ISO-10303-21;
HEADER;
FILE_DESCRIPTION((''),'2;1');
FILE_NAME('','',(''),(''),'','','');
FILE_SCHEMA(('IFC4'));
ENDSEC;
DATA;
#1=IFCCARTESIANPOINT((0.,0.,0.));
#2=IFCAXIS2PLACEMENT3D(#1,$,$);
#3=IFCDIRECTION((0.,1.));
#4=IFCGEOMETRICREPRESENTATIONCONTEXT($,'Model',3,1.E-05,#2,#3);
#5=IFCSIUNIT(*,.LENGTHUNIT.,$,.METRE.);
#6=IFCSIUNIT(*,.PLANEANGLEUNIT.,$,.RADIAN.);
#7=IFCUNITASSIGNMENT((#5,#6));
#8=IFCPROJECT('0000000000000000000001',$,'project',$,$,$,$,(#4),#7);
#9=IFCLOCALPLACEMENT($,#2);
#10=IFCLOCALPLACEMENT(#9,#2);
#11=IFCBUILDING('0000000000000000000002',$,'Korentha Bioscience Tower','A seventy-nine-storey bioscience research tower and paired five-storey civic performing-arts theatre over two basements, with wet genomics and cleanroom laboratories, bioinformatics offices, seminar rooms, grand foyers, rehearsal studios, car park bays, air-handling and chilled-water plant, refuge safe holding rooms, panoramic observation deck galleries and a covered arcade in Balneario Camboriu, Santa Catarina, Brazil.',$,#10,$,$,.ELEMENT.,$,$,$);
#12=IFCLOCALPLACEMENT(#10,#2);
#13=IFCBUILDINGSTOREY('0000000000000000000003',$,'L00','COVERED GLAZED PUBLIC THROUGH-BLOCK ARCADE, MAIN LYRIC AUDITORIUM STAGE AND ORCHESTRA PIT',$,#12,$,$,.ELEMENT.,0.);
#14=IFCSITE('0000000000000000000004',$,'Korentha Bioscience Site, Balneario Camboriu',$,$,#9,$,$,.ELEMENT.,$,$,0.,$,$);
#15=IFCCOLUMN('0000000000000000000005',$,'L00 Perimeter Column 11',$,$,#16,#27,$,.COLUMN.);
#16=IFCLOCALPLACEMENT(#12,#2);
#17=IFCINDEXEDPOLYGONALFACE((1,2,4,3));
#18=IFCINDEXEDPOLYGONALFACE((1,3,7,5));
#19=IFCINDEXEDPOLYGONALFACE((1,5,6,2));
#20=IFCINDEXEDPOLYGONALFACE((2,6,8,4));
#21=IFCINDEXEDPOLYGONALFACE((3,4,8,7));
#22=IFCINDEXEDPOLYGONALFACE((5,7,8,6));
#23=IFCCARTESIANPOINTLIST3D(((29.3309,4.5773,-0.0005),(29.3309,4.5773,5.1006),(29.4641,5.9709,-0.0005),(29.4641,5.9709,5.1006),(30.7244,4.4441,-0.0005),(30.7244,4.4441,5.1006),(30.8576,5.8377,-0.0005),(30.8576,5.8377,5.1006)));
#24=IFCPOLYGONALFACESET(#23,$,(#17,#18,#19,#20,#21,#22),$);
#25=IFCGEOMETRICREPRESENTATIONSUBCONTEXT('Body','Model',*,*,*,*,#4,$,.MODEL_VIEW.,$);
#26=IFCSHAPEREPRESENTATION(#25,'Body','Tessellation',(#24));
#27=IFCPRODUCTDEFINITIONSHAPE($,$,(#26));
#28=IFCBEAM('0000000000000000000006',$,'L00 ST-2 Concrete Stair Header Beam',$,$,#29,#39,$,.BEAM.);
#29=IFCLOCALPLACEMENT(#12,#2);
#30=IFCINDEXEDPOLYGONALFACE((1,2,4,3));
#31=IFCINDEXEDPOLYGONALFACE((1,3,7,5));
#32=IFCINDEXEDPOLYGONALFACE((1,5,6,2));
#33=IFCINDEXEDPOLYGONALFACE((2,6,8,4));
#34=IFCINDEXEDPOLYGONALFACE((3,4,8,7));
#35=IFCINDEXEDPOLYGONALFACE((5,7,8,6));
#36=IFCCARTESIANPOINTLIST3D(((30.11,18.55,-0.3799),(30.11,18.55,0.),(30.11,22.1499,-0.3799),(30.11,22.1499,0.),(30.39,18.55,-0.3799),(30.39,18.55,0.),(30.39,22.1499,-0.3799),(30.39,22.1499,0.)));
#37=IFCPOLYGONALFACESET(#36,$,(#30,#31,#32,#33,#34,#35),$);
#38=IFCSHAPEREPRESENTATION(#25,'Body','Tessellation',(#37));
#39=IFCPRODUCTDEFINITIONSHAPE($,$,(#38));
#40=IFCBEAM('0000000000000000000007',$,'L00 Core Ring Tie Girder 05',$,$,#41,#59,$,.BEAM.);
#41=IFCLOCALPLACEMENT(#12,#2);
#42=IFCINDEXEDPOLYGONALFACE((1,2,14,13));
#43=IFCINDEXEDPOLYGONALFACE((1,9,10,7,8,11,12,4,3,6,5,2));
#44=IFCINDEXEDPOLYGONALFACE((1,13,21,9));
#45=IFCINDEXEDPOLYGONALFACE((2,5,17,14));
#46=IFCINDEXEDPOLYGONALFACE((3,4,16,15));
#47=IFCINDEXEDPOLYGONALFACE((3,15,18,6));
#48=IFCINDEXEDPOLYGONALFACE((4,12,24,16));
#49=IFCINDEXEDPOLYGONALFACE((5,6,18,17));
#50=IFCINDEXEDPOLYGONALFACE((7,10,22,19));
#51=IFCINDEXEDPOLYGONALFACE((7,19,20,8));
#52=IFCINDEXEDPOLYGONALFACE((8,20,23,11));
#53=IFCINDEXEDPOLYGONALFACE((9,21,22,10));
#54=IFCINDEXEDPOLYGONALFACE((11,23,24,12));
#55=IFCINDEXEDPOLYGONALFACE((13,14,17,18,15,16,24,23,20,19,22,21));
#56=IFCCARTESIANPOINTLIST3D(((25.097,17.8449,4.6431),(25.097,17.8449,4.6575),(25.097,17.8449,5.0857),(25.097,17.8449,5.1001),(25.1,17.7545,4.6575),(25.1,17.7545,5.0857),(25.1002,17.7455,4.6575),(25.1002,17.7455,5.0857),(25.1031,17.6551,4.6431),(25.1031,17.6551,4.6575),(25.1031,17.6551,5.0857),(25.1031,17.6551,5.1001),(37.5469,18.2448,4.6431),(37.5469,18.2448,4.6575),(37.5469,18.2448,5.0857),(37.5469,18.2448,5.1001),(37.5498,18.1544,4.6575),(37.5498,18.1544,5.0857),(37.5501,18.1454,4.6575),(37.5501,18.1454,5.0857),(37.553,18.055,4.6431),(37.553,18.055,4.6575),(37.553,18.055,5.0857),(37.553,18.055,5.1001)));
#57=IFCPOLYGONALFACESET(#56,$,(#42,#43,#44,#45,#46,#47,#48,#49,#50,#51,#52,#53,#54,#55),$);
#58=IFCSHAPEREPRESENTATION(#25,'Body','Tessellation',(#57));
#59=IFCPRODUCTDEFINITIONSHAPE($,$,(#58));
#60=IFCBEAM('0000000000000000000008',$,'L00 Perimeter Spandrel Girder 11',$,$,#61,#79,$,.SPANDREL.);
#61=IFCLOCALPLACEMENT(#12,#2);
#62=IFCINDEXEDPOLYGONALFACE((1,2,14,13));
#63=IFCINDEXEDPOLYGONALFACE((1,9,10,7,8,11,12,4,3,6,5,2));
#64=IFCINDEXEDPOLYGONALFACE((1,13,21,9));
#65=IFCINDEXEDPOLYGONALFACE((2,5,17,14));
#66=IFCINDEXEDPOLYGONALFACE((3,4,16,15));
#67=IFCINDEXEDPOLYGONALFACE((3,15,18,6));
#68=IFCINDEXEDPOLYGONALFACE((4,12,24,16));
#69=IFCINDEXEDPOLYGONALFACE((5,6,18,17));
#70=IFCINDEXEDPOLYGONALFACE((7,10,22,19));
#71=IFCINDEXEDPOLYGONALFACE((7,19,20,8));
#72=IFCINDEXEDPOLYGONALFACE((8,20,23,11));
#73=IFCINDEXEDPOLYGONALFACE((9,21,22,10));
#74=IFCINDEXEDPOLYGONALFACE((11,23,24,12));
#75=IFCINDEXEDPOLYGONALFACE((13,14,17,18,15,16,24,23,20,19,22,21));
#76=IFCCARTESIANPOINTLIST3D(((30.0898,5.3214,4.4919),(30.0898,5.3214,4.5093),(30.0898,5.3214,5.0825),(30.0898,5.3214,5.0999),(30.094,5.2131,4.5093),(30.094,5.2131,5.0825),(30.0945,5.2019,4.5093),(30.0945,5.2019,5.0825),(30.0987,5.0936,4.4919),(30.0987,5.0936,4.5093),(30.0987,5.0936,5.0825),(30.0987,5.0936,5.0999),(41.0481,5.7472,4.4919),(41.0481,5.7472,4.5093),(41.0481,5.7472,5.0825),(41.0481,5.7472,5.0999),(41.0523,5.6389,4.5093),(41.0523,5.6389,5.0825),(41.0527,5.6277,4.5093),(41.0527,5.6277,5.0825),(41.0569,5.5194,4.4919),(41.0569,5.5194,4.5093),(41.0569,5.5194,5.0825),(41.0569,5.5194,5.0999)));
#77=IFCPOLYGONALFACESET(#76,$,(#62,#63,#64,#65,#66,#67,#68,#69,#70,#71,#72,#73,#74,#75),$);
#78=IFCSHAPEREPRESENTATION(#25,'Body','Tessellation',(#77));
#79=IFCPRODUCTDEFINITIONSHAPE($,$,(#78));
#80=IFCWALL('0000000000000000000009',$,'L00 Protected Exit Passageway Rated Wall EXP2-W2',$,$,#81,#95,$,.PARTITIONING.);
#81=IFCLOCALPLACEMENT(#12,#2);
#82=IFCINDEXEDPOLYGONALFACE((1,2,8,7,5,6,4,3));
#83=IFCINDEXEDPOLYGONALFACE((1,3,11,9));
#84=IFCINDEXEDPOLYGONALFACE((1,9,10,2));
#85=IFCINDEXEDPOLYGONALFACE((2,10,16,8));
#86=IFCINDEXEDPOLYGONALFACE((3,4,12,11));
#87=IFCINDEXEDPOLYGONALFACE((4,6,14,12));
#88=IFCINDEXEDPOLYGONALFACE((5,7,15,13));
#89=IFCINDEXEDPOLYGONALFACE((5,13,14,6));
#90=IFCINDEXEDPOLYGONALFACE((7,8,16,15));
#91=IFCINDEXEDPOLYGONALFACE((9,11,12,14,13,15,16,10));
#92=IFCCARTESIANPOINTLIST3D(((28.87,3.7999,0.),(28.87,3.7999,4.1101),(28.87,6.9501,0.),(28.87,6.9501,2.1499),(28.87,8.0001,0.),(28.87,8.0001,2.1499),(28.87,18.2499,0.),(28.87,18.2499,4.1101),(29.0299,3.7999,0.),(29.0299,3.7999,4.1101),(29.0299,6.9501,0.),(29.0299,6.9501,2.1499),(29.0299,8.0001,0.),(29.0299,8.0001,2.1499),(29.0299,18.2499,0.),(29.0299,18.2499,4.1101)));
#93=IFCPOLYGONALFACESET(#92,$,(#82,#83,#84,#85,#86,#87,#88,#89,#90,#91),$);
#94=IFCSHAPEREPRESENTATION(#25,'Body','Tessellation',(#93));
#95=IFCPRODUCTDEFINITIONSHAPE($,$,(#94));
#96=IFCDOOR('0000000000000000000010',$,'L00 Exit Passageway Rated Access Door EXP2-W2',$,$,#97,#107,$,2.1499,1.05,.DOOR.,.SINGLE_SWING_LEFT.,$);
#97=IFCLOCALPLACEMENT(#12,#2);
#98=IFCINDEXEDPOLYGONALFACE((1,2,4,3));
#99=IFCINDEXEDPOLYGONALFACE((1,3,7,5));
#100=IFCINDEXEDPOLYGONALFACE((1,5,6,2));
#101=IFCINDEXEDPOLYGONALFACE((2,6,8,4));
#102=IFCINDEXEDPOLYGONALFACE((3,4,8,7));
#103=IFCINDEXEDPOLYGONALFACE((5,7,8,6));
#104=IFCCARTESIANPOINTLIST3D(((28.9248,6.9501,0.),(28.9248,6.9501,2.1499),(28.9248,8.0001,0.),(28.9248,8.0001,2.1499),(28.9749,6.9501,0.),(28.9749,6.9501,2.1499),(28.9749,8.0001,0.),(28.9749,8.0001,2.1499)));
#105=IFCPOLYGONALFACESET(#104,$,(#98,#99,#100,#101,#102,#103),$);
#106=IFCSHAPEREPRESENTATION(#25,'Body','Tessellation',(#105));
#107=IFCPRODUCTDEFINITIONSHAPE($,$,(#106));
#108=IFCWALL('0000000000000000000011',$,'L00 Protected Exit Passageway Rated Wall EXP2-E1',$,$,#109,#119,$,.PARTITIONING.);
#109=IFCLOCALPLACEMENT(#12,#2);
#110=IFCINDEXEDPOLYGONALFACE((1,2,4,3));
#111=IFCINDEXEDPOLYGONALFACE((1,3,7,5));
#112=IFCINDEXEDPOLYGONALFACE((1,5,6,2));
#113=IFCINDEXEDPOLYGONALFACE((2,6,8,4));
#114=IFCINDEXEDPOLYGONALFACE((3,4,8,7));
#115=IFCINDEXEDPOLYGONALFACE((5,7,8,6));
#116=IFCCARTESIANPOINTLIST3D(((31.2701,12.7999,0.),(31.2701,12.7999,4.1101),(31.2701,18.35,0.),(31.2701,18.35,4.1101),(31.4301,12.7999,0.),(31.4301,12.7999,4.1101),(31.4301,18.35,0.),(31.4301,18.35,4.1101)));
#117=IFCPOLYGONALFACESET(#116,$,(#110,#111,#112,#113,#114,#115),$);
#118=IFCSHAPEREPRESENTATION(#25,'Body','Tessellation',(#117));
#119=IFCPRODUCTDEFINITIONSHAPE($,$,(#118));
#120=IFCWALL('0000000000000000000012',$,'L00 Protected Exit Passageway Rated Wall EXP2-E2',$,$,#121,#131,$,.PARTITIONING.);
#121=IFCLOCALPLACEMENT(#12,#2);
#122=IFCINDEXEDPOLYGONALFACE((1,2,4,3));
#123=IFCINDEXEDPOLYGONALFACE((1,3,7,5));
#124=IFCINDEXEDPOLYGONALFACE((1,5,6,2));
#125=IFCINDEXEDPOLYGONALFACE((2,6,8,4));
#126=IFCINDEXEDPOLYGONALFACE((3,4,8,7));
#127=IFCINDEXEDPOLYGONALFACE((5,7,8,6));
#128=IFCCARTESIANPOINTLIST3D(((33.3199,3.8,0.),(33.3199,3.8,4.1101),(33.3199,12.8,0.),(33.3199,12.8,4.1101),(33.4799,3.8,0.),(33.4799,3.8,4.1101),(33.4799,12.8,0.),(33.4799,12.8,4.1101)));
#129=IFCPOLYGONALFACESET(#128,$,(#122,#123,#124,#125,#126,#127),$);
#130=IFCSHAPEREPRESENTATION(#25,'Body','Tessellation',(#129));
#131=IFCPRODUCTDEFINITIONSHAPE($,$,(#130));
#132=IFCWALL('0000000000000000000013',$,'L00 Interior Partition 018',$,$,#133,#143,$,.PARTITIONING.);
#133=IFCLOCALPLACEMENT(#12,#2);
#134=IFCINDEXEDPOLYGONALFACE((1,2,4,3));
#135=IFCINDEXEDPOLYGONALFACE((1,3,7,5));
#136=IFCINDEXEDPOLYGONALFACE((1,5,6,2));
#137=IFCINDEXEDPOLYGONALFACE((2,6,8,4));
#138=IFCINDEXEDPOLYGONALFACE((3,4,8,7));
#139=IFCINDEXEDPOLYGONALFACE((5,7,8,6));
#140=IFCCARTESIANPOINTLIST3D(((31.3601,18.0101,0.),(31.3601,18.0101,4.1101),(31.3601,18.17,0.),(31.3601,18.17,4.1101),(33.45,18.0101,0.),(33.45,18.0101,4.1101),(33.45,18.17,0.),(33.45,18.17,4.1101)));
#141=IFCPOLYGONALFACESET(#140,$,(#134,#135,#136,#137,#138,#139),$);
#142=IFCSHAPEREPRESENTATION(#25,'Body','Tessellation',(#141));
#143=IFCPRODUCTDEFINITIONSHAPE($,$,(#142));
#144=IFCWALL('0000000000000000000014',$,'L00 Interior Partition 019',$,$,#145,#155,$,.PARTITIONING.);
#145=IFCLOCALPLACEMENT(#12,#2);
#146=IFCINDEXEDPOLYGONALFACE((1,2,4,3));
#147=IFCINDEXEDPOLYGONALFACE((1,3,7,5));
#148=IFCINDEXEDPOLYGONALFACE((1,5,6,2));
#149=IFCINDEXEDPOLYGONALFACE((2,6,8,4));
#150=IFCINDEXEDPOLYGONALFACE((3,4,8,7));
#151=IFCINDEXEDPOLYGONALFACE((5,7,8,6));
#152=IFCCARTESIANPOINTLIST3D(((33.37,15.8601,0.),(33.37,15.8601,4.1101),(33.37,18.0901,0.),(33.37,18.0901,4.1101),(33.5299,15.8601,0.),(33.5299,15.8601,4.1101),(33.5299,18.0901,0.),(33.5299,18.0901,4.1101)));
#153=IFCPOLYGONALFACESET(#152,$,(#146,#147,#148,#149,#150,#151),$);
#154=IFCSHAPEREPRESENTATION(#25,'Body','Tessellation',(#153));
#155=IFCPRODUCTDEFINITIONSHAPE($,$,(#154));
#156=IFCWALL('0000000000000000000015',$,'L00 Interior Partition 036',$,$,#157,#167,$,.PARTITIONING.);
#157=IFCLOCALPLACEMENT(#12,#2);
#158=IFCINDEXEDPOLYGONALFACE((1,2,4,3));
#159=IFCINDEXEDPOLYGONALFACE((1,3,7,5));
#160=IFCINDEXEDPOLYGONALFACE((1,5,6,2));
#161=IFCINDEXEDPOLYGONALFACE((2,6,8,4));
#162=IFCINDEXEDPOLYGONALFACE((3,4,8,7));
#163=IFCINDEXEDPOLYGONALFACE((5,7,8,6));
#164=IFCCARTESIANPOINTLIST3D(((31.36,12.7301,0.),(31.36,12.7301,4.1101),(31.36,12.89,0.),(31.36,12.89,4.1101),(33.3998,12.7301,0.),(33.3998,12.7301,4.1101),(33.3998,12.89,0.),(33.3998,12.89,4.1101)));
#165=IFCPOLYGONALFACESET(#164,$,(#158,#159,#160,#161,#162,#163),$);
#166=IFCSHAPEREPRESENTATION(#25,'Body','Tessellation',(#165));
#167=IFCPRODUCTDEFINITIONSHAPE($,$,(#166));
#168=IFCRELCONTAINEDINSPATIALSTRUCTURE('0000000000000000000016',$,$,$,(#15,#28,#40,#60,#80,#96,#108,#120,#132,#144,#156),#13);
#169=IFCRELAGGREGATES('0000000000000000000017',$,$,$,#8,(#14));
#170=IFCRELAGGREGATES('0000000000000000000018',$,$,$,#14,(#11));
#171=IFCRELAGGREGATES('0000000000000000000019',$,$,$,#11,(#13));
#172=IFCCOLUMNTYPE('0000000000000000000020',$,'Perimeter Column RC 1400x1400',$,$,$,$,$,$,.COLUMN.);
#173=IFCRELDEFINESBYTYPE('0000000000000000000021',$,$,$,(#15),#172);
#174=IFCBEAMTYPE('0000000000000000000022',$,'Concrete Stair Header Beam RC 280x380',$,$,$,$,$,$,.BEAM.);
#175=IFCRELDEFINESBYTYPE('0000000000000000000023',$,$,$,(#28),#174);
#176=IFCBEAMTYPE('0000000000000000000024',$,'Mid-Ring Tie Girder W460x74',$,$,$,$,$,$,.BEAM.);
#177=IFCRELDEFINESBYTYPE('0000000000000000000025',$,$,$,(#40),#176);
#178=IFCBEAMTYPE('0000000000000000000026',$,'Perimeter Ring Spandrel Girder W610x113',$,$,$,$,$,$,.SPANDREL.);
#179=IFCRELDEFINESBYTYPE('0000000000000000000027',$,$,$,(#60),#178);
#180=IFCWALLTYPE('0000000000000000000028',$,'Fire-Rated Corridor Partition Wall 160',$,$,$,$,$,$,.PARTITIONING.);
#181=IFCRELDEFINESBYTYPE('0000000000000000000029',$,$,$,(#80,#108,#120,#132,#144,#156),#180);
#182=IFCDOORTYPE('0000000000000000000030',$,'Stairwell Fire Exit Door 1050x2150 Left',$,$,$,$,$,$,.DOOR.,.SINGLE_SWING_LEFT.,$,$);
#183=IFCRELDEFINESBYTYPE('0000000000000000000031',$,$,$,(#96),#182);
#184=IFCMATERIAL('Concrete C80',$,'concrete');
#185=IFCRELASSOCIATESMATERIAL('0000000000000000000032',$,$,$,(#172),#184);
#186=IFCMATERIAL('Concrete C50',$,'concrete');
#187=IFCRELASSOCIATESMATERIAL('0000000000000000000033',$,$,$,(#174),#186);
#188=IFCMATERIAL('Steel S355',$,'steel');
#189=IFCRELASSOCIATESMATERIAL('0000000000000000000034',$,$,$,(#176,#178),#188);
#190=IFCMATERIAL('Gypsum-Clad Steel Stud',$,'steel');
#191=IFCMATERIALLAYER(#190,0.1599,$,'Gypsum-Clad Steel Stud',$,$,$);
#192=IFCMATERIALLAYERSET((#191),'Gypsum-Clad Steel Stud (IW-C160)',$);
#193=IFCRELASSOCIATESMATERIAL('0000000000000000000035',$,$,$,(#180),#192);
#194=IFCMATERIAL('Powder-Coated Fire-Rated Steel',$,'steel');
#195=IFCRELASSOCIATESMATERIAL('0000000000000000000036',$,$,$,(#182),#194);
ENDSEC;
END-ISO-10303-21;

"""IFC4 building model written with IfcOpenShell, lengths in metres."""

from ifc_helpers import new_model, si_unit, direction, frame, frame_2d, origin, origin_2d, place, context, subcontext, project, spatial, rectangle, i_section, extrude, material, layer, layer_set, material_profile, profile_set, type_object, element, fill, save


model = new_model("IFC4")

# Units and contexts
model_context = context("Model", 3, precision=1e-05, world=origin(), true_north=direction((0.0, 1.0)))
body_context = subcontext(model_context, "Body", "Model", "MODEL_VIEW")
ifc_project = project(units=[si_unit("LENGTHUNIT", "METRE"), si_unit("PLANEANGLEUNIT", "RADIAN")], contexts=[model_context])

# Site, building, storey
site_placement = place(None, origin())
site = spatial("IfcSite", under=ifc_project, at=site_placement, Name="Korentha Bioscience Site, Balneario Camboriu", CompositionType="ELEMENT", RefElevation=0.0)
building_placement = place(site_placement, origin())
building = spatial("IfcBuilding", under=site, at=building_placement, Name="Korentha Bioscience Tower", Description="A seventy-nine-storey bioscience research tower and paired five-storey civic performing-arts theatre over two basements, with wet genomics and cleanroom laboratories, bioinformatics offices, seminar rooms, grand foyers, rehearsal studios, car park bays, air-handling and chilled-water plant, refuge safe holding rooms, panoramic observation deck galleries and a covered arcade in Balneario Camboriu, Santa Catarina, Brazil.", CompositionType="ELEMENT")
storey_placement = place(building_placement, origin())
storey = spatial("IfcBuildingStorey", under=building, at=storey_placement, Name="L00", Description="COVERED GLAZED PUBLIC THROUGH-BLOCK ARCADE, MAIN LYRIC AUDITORIUM STAGE AND ORCHESTRA PIT", CompositionType="ELEMENT", Elevation=0.0)

# Column
ifc_material_1 = material(Name="Concrete C80", Category="concrete")
ifc_material_profile_1 = material_profile(ifc_material_1, rectangle(XDim=1.3999, YDim=1.3999, at=origin_2d()), Name="Concrete C80")
ifc_profile_set_1 = profile_set([ifc_material_profile_1], Name="Concrete C80 (COL-P14)")
column_type = type_object("IfcColumnType", Name="Perimeter Column RC 1400x1400", PredefinedType="COLUMN", material=ifc_profile_set_1)
column_placement = place(storey_placement, frame((30.0942, 5.2075, -0.0005), z_axis=(0.0, 0.0, 1.0), x_axis=(-0.995463, 0.095151, 0.0)))
element("IfcColumn", 1, at=column_placement, inside=storey, type_object=column_type, Name="L00 Perimeter Column 11", PredefinedType="COLUMN", context=body_context, shape_type="SweptSolid", body=[
    extrude(rectangle(XDim=1.3999, YDim=1.3999, at=origin_2d()), origin(), (0.0, 0.0, 1.0), 5.1011),
])

# Beams
ifc_material_2 = material(Name="Concrete C50", Category="concrete")
ifc_material_profile_2 = material_profile(ifc_material_2, rectangle(XDim=0.28, YDim=0.3799, at=origin_2d()), Name="Concrete C50")
ifc_profile_set_2 = profile_set([ifc_material_profile_2], Name="Concrete C50 (ST-HB380)")
beam_type_1 = type_object("IfcBeamType", Name="Concrete Stair Header Beam RC 280x380", PredefinedType="BEAM", material=ifc_profile_set_2)
beam_1_placement = place(storey_placement, frame((30.25, 18.55, -0.1899), z_axis=(0.0, 1.0, 0.0), x_axis=(-1.0, 0.0, 0.0)))
element("IfcBeam", 2, at=beam_1_placement, inside=storey, type_object=beam_type_1, Name="L00 ST-2 Concrete Stair Header Beam", PredefinedType="BEAM", context=body_context, shape_type="SweptSolid", body=[
    extrude(rectangle(XDim=0.28, YDim=0.3799, at=origin_2d()), origin(), (0.0, 0.0, 1.0), 3.5999),
])
ifc_material_3 = material(Name="Steel S355", Category="steel")
ifc_material_profile_3 = material_profile(ifc_material_3, i_section(OverallWidth=0.1899, OverallDepth=0.457, WebThickness=0.009, FlangeThickness=0.0144, at=origin_2d()), Name="Steel S355")
ifc_profile_set_3 = profile_set([ifc_material_profile_3], Name="Steel S355 (MB-460)")
beam_type_2 = type_object("IfcBeamType", Name="Mid-Ring Tie Girder W460x74", PredefinedType="BEAM", material=ifc_profile_set_3)
beam_2_placement = place(storey_placement, frame((25.1001, 17.75, 4.8716), z_axis=(0.999485, 0.032104, 0.0), x_axis=(-0.032104, 0.999485, 0.0)))
element("IfcBeam", 3, at=beam_2_placement, inside=storey, type_object=beam_type_2, Name="L00 Core Ring Tie Girder 05", PredefinedType="BEAM", context=body_context, shape_type="SweptSolid", body=[
    extrude(i_section(OverallWidth=0.1899, OverallDepth=0.457, WebThickness=0.009, FlangeThickness=0.0144, at=origin_2d()), origin(), (0.0, 0.0, 1.0), 12.4563),
])
ifc_material_profile_4 = material_profile(ifc_material_3, i_section(OverallWidth=0.228, OverallDepth=0.6079, WebThickness=0.0112, FlangeThickness=0.0173, at=origin_2d()), Name="Steel S355")
ifc_profile_set_4 = profile_set([ifc_material_profile_4], Name="Steel S355 (SB-610)")
beam_type_3 = type_object("IfcBeamType", Name="Perimeter Ring Spandrel Girder W610x113", PredefinedType="SPANDREL", material=ifc_profile_set_4)
beam_3_placement = place(storey_placement, frame((30.0942, 5.2075, 4.7959), z_axis=(0.999246, 0.038826, 0.0), x_axis=(-0.038826, 0.999246, 0.0)))
element("IfcBeam", 4, at=beam_3_placement, inside=storey, type_object=beam_type_3, Name="L00 Perimeter Spandrel Girder 11", PredefinedType="SPANDREL", context=body_context, shape_type="SweptSolid", body=[
    extrude(i_section(OverallWidth=0.228, OverallDepth=0.6079, WebThickness=0.0112, FlangeThickness=0.0173, at=origin_2d()), origin(), (0.0, 0.0, 1.0), 10.9666),
])

# Wall, opening, door
ifc_material_4 = material(Name="Gypsum-Clad Steel Stud", Category="steel")
ifc_layer_1 = layer(ifc_material_4, 0.1599, Name="Gypsum-Clad Steel Stud")
ifc_layer_set_1 = layer_set([ifc_layer_1], Name="Gypsum-Clad Steel Stud (IW-C160)")
wall_type_1 = type_object("IfcWallType", Name="Fire-Rated Corridor Partition Wall 160", PredefinedType="PARTITIONING", material=ifc_layer_set_1)
wall_1_placement = place(storey_placement, frame((28.95, 18.25, 0.0), z_axis=(0.0, 0.0, 1.0), x_axis=(0.0, -1.0, 0.0)))
wall_1 = element("IfcWall", 5, at=wall_1_placement, inside=storey, type_object=wall_type_1, Name="L00 Protected Exit Passageway Rated Wall EXP2-W2", PredefinedType="PARTITIONING", context=body_context, shape_type="SweptSolid", body=[
    extrude(rectangle(XDim=14.45, YDim=0.1599, at=frame_2d((7.2251, 0.0))), origin(), (0.0, 0.0, 1.0), 4.1101),
])
opening_1_placement = place(wall_1_placement, frame((10.25, 0.0, 0.0)))
opening_1 = element("IfcOpeningElement", 6, at=opening_1_placement, cuts=wall_1, PredefinedType="OPENING", context=body_context, shape_type="SweptSolid", body=[
    extrude(rectangle(XDim=1.05, YDim=2.1499, at=frame_2d((0.5249, 1.075))), frame((0.0, 0.0947, 0.0), z_axis=(0.0, -1.0, 0.0), x_axis=(1.0, 0.0, 0.0)), (0.0, 0.0, 1.0), 0.1897),
])
ifc_material_5 = material(Name="Powder-Coated Fire-Rated Steel", Category="steel")
door_type_1 = type_object("IfcDoorType", Name="Stairwell Fire Exit Door 1050x2150 Left", OperationType="SINGLE_SWING_LEFT", PredefinedType="DOOR", material=ifc_material_5)
door_1_placement = place(opening_1_placement, origin())
door_1 = element("IfcDoor", 7, at=door_1_placement, inside=storey, type_object=door_type_1, Name="L00 Exit Passageway Rated Access Door EXP2-W2", OperationType="SINGLE_SWING_LEFT", OverallHeight=2.1499, OverallWidth=1.05, PredefinedType="DOOR", context=body_context, shape_type="SweptSolid", body=[
    extrude(rectangle(XDim=1.05, YDim=2.1499, at=frame_2d((0.5249, 1.075))), frame((0.0, 0.0249, 0.0), z_axis=(0.0, -1.0, 0.0), x_axis=(1.0, 0.0, 0.0)), (0.0, 0.0, 1.0), 0.05),
])
fill(opening_1, door_1)

# Walls
wall_2_placement = place(storey_placement, frame((31.3501, 12.8, 0.0), z_axis=(0.0, 0.0, 1.0), x_axis=(0.0, 1.0, 0.0)))
element("IfcWall", 8, at=wall_2_placement, inside=storey, type_object=wall_type_1, Name="L00 Protected Exit Passageway Rated Wall EXP2-E1", PredefinedType="PARTITIONING", context=body_context, shape_type="SweptSolid", body=[
    extrude(rectangle(XDim=5.55, YDim=0.1599, at=frame_2d((2.7749, 0.0))), origin(), (0.0, 0.0, 1.0), 4.1101),
])
wall_3_placement = place(storey_placement, frame((33.3999, 3.8, 0.0), z_axis=(0.0, 0.0, 1.0), x_axis=(0.0, 1.0, 0.0)))
element("IfcWall", 9, at=wall_3_placement, inside=storey, type_object=wall_type_1, Name="L00 Protected Exit Passageway Rated Wall EXP2-E2", PredefinedType="PARTITIONING", context=body_context, shape_type="SweptSolid", body=[
    extrude(rectangle(XDim=9.0, YDim=0.1599, at=frame_2d((4.5, 0.0))), origin(), (0.0, 0.0, 1.0), 4.1101),
])

# Walls
wall_4_placement = place(storey_placement, frame((31.3601, 18.0901, 0.0), z_axis=(0.0, 0.0, 1.0), x_axis=(1.0, 0.0, 0.0)))
element("IfcWall", 10, at=wall_4_placement, inside=storey, type_object=wall_type_1, Name="L00 Interior Partition 018", PredefinedType="PARTITIONING", context=body_context, shape_type="SweptSolid", body=[
    extrude(rectangle(XDim=2.0898, YDim=0.1599, at=frame_2d((1.0449, 0.0))), origin(), (0.0, 0.0, 1.0), 4.1101),
])
wall_5_placement = place(storey_placement, frame((33.45, 18.0901, 0.0), z_axis=(0.0, 0.0, 1.0), x_axis=(0.0, -1.0, 0.0)))
element("IfcWall", 11, at=wall_5_placement, inside=storey, type_object=wall_type_1, Name="L00 Interior Partition 019", PredefinedType="PARTITIONING", context=body_context, shape_type="SweptSolid", body=[
    extrude(rectangle(XDim=2.23, YDim=0.1599, at=frame_2d((1.115, 0.0))), origin(), (0.0, 0.0, 1.0), 4.1101),
])
wall_6_placement = place(storey_placement, frame((33.3999, 12.8101, 0.0), z_axis=(0.0, 0.0, 1.0), x_axis=(-1.0, 0.0, 0.0)))
element("IfcWall", 12, at=wall_6_placement, inside=storey, type_object=wall_type_1, Name="L00 Interior Partition 036", PredefinedType="PARTITIONING", context=body_context, shape_type="SweptSolid", body=[
    extrude(rectangle(XDim=2.0398, YDim=0.1599, at=frame_2d((1.02, 0.0))), origin(), (0.0, 0.0, 1.0), 4.1101),
])

save(model, "model.ifc")
